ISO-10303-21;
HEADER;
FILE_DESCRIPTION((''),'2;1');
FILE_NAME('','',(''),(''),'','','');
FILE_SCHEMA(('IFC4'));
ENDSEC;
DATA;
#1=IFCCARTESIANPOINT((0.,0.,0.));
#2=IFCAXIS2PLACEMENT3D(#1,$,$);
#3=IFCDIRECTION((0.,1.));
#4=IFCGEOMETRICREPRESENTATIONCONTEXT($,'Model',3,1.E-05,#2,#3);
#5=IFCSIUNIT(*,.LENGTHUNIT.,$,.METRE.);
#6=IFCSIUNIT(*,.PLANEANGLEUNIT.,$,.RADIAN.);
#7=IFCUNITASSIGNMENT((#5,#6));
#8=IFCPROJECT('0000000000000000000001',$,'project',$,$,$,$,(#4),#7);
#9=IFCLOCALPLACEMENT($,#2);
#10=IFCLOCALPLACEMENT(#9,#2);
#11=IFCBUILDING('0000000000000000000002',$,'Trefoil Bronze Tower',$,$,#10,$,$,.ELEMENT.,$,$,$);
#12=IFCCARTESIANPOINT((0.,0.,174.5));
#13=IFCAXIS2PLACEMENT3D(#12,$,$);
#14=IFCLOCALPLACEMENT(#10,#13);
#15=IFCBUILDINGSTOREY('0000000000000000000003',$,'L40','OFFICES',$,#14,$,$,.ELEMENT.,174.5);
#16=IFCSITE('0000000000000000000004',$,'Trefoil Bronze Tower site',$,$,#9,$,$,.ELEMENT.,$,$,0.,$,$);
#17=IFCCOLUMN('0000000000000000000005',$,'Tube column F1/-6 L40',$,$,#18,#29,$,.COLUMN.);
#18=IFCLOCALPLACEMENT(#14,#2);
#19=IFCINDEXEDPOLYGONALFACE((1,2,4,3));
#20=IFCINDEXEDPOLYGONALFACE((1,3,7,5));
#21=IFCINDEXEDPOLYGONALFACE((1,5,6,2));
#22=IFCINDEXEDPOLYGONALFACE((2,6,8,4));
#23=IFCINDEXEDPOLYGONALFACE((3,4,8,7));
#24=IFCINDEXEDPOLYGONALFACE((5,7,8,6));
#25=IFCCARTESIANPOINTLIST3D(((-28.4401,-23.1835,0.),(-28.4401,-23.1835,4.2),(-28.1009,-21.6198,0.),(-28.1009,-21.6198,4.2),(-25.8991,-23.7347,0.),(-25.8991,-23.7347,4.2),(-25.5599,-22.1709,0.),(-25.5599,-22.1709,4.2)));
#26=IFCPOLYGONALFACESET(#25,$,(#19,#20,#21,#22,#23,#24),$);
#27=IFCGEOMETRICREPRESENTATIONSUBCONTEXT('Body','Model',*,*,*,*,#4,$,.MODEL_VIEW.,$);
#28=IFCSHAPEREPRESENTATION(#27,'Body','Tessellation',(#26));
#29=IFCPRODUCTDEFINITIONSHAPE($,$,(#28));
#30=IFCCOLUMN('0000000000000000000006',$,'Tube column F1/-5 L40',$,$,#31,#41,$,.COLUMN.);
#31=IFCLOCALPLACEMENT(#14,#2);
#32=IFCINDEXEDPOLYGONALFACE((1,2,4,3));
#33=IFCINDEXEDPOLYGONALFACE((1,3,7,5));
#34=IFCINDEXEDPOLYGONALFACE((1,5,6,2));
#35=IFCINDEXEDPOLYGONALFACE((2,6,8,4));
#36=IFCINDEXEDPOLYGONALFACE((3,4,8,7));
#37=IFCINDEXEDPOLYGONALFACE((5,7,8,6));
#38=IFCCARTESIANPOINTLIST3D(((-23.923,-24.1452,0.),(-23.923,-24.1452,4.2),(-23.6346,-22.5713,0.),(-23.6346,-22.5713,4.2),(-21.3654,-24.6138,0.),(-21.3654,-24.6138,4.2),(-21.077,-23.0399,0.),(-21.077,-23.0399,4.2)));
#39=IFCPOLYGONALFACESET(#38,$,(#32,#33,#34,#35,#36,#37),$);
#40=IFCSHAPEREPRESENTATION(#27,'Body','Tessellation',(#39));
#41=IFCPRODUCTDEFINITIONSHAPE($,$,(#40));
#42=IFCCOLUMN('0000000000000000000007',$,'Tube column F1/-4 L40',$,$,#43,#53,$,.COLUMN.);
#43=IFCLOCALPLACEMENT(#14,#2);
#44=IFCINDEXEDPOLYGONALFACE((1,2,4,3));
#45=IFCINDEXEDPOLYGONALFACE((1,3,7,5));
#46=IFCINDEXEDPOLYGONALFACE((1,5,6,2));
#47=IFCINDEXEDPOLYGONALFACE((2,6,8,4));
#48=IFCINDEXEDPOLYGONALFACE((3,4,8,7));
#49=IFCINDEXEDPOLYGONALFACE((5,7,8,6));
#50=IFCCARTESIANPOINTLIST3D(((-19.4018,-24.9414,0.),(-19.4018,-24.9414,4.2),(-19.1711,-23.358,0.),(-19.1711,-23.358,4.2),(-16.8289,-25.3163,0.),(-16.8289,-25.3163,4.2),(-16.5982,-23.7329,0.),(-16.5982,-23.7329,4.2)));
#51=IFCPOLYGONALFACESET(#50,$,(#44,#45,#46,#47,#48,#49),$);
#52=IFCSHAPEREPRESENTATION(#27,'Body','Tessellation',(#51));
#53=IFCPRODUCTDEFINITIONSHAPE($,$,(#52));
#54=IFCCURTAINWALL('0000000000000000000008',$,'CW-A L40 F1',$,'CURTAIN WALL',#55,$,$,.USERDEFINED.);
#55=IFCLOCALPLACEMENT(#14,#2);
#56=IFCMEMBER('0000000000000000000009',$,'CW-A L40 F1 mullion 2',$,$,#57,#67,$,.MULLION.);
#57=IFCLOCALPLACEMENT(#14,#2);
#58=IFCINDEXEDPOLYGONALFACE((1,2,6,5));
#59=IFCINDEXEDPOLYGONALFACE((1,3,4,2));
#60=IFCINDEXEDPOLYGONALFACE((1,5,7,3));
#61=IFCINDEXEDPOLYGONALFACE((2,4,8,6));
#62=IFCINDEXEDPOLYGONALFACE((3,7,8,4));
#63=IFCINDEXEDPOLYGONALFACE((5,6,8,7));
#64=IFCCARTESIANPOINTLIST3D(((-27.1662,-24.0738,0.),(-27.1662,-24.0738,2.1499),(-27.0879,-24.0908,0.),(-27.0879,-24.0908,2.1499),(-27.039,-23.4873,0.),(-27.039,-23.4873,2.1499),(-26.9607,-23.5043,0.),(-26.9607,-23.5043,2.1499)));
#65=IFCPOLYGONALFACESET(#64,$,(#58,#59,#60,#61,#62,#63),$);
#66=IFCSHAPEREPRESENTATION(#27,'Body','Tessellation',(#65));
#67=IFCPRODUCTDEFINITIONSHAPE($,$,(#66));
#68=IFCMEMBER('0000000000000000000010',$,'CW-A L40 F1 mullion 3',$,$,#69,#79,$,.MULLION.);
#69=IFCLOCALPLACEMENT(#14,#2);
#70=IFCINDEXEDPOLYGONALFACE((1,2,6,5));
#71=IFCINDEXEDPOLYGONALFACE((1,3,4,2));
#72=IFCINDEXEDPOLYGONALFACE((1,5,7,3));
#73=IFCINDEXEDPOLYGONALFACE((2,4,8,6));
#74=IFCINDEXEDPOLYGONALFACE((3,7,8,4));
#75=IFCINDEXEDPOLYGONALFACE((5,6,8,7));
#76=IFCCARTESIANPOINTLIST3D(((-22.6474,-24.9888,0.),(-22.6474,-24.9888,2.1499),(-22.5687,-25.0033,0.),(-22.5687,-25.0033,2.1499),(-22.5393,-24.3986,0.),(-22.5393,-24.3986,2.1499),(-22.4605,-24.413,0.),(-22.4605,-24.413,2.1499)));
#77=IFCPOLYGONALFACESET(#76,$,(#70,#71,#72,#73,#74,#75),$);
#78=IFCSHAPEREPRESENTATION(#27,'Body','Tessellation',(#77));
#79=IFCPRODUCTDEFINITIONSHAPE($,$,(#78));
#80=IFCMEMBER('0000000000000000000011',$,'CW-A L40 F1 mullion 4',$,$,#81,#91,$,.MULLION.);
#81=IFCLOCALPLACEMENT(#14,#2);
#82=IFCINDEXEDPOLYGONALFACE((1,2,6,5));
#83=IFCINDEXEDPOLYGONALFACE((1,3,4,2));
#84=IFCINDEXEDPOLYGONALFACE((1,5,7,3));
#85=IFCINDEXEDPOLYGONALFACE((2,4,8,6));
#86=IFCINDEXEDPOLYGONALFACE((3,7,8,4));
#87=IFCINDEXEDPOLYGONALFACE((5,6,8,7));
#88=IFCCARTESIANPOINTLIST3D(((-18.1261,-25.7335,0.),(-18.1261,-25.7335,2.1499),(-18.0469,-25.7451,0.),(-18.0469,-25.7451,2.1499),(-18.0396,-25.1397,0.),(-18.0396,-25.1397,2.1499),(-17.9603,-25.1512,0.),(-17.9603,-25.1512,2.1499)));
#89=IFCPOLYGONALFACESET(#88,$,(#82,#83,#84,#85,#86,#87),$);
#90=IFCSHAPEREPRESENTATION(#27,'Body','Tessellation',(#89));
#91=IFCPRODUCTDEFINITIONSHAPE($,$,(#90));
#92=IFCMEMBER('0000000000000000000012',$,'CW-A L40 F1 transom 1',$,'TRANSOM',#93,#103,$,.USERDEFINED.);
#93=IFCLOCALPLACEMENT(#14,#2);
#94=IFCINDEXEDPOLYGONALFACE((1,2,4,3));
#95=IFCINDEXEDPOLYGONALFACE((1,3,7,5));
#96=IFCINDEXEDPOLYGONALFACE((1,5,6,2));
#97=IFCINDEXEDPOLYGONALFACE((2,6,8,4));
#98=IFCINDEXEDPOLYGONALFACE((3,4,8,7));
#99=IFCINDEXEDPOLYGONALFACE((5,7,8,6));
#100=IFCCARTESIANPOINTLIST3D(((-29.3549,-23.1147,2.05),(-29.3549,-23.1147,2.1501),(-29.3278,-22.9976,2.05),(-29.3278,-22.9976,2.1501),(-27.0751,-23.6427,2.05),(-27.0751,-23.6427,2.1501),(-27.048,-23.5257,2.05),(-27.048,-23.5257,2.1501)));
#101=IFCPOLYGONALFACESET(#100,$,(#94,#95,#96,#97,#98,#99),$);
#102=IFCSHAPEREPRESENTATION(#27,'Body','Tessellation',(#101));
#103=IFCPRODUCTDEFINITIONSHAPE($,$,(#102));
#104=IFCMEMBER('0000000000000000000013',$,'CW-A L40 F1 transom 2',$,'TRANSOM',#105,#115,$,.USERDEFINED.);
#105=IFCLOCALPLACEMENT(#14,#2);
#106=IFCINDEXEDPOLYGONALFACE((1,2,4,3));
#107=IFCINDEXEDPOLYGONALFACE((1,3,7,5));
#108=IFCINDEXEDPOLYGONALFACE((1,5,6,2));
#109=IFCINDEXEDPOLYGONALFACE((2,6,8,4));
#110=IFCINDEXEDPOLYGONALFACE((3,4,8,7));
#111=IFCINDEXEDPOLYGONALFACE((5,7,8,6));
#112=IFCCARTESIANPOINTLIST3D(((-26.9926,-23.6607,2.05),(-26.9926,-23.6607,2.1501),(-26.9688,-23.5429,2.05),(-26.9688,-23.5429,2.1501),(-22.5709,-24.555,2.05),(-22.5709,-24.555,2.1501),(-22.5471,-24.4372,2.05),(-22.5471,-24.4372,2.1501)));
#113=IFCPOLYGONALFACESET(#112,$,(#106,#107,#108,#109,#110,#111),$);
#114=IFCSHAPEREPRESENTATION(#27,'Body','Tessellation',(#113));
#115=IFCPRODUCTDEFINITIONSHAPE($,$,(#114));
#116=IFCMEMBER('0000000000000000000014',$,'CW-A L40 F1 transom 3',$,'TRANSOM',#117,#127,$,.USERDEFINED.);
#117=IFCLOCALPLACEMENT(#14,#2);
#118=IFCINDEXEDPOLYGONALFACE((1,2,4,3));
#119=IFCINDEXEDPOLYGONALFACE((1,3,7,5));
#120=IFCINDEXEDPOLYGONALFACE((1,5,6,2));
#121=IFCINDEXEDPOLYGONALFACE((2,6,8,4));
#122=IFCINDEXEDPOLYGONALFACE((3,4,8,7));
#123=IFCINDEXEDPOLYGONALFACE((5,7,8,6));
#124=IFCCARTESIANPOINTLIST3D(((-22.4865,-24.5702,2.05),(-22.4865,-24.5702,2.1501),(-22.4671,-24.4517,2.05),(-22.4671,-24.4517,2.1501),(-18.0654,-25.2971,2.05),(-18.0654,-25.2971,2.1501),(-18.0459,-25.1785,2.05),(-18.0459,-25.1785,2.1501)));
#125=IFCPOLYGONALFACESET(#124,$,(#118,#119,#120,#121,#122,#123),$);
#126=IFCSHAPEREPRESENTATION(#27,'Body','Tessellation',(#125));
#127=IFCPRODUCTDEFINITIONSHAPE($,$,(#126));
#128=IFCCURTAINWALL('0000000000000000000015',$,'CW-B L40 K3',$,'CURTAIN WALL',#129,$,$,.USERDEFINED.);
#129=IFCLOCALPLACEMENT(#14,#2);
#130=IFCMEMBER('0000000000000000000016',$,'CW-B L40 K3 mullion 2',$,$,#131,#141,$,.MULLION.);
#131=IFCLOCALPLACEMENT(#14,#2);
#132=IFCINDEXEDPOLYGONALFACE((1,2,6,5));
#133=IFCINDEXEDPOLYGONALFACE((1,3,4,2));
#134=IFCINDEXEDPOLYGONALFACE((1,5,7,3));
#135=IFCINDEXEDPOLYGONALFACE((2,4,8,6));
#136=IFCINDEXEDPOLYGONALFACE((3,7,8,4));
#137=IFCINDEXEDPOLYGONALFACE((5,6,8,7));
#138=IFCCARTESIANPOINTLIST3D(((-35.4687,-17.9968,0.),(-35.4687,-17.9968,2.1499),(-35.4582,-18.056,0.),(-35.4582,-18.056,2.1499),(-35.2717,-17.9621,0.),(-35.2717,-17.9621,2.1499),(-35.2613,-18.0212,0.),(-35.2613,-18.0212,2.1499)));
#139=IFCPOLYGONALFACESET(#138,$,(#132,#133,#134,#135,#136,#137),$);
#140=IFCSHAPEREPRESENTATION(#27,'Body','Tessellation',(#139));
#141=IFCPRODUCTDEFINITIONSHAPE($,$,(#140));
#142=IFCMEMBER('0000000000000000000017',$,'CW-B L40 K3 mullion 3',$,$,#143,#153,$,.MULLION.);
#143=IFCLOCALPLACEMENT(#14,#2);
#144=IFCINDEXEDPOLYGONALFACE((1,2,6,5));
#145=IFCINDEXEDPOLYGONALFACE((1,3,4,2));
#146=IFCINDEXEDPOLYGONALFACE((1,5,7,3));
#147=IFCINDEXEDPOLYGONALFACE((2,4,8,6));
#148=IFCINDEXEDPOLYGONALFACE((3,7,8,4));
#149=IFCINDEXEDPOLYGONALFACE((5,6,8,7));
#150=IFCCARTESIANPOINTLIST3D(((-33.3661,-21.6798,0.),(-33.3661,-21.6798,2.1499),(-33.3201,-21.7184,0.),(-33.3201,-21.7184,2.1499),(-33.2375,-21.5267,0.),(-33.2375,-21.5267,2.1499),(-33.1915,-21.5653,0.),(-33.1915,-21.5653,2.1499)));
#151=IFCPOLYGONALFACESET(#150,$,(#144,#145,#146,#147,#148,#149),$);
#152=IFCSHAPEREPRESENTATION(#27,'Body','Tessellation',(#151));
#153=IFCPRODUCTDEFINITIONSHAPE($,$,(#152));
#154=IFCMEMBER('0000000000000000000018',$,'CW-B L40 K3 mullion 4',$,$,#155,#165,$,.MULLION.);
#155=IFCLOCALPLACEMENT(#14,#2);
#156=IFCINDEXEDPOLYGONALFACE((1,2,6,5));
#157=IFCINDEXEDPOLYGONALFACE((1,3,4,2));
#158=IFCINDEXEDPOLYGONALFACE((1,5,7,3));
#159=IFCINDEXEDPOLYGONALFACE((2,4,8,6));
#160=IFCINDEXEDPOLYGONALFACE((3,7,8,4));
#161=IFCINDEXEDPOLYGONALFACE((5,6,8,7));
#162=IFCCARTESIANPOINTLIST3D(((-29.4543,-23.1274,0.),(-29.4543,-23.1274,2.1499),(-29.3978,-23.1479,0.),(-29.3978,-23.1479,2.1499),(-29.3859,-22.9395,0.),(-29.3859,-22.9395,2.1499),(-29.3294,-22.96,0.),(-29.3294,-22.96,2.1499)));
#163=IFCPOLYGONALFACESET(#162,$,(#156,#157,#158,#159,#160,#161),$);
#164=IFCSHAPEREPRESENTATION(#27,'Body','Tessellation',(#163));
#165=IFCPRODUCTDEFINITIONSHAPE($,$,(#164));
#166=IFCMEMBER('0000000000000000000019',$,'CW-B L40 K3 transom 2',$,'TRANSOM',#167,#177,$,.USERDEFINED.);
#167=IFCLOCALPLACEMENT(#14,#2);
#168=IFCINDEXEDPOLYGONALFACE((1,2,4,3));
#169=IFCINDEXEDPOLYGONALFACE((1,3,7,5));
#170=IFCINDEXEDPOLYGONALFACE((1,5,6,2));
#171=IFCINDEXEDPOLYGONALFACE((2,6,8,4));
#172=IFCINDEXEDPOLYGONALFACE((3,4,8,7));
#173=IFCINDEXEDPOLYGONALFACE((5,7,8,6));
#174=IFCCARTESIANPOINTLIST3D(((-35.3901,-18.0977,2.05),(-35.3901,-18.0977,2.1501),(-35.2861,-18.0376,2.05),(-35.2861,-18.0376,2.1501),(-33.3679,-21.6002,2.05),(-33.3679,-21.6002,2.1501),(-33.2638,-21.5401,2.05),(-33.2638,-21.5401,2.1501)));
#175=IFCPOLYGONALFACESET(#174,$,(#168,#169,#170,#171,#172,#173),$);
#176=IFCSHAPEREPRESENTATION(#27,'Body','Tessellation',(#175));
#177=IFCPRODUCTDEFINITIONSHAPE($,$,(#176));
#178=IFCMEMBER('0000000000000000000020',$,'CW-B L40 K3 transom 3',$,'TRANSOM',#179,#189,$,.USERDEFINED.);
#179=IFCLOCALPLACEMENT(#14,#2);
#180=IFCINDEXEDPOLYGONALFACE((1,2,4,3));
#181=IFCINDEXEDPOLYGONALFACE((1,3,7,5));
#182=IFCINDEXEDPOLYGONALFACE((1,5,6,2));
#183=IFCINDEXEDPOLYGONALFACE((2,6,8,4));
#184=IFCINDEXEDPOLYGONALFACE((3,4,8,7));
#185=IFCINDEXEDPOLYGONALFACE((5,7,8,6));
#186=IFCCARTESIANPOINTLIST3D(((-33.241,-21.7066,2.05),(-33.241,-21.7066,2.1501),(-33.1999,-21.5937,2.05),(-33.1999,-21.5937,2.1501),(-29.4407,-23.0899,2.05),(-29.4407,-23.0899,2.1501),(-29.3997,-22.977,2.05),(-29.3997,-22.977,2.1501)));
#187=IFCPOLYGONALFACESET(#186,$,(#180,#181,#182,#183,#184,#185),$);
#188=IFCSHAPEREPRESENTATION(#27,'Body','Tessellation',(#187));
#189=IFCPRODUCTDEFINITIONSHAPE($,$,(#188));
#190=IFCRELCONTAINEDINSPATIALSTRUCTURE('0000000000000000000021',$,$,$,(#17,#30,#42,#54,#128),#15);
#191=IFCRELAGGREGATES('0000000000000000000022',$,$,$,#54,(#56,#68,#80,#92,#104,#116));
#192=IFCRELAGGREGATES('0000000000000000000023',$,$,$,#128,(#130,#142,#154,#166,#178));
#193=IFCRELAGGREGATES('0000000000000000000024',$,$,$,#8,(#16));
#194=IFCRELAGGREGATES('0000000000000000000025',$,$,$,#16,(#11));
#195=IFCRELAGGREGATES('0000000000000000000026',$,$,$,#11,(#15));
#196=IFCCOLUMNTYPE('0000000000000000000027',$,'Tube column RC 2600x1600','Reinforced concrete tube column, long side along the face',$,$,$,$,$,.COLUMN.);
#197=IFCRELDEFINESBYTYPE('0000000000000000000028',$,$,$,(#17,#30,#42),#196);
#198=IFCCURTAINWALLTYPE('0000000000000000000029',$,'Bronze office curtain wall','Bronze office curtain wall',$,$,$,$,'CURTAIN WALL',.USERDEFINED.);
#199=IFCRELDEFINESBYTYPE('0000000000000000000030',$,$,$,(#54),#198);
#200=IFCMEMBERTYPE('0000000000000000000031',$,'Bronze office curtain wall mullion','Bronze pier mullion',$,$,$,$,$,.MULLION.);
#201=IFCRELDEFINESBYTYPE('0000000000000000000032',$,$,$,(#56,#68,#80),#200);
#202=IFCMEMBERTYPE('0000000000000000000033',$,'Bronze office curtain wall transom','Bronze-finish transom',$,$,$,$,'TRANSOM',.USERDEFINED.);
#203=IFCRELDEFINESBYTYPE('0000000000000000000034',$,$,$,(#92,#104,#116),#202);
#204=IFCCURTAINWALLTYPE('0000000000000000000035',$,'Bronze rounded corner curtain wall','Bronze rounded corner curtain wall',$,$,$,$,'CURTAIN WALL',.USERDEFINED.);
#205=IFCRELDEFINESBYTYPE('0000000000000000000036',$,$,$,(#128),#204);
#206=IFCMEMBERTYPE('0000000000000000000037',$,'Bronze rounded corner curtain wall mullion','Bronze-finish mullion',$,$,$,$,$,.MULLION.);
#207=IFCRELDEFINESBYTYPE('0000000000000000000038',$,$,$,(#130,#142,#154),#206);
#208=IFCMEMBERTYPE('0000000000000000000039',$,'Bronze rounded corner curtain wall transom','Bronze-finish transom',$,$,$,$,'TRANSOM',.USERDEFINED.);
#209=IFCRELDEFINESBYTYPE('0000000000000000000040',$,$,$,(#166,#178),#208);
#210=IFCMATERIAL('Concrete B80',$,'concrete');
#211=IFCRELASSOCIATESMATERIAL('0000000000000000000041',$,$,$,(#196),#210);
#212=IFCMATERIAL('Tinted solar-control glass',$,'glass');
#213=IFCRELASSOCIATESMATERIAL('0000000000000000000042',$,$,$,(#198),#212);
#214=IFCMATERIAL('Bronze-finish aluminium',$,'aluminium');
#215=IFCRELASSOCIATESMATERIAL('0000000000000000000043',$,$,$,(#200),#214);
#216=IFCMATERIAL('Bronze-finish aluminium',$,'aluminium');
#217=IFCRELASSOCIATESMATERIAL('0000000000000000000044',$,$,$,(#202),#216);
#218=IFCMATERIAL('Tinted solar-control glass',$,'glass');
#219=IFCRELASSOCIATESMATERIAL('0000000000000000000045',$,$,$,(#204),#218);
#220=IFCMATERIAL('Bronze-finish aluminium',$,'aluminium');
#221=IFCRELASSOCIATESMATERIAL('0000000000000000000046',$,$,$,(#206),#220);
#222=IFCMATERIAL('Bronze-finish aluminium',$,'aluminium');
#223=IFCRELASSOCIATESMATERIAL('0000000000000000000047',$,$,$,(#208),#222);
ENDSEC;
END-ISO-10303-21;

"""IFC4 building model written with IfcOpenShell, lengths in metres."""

from ifc_helpers import new_model, si_unit, direction, frame, origin, origin_2d, place, context, subcontext, project, spatial, rectangle, extrude, material, material_profile, profile_set, type_object, element, aggregate, save


model = new_model("IFC4")

# Units and contexts
model_context = context("Model", 3, precision=1e-05, world=origin(), true_north=direction((0.0, 1.0)))
body_context = subcontext(model_context, "Body", "Model", "MODEL_VIEW")
ifc_project = project(units=[si_unit("LENGTHUNIT", "METRE"), si_unit("PLANEANGLEUNIT", "RADIAN")], contexts=[model_context])

# Site, building, storey
site_placement = place(None, origin())
site = spatial("IfcSite", under=ifc_project, at=site_placement, Name="Trefoil Bronze Tower site", CompositionType="ELEMENT", RefElevation=0.0)
building_placement = place(site_placement, origin())
building = spatial("IfcBuilding", under=site, at=building_placement, Name="Trefoil Bronze Tower", CompositionType="ELEMENT")
storey_placement = place(building_placement, frame((0.0, 0.0, 174.5)))
storey = spatial("IfcBuildingStorey", under=building, at=storey_placement, Name="L40", Description="OFFICES", CompositionType="ELEMENT", Elevation=174.5)

# Columns
ifc_material_1 = material(Name="Concrete B80", Category="concrete")
ifc_material_profile_1 = material_profile(ifc_material_1, rectangle(XDim=2.6001, YDim=1.6001, at=origin_2d()), Name="RC 2600x1600")
ifc_profile_set_1 = profile_set([ifc_material_profile_1], Name="Concrete B80")
column_type = type_object("IfcColumnType", Name="Tube column RC 2600x1600", Description="Reinforced concrete tube column, long side along the face", PredefinedType="COLUMN", material=ifc_profile_set_1)
for number, where, z_axis, x_axis, name in (
    (1, (-27.0, -22.6772, 0.0), (0.0, 0.0, 1.0), (0.977276, -0.21197, 0.0), "Tube column F1/-6 L40"),
    (2, (-22.5, -23.5925, 0.0), (0.0, 0.0, 1.0), (0.983623, -0.180241, 0.0), "Tube column F1/-5 L40"),
    (3, (-18.0, -24.3372, 0.0), (0.0, 0.0, 1.0), (0.98955, -0.144192, 0.0), "Tube column F1/-4 L40"),
):
    element("IfcColumn", number, at=place(storey_placement, frame(where, z_axis=z_axis, x_axis=x_axis)), inside=storey, type_object=column_type, Name=name, PredefinedType="COLUMN", context=body_context, shape_type="SweptSolid", body=[
        extrude(rectangle(XDim=2.6001, YDim=1.6001, at=origin_2d()), origin(), (0.0, 0.0, 1.0), 4.2),
    ])

# Curtain walls, members
ifc_material_2 = material(Name="Tinted solar-control glass", Category="glass")
curtain_wall_type_1 = type_object("IfcCurtainWallType", Name="Bronze office curtain wall", Description="Bronze office curtain wall", ElementType="CURTAIN WALL", PredefinedType="USERDEFINED", material=ifc_material_2)
curtain_wall_1_placement = place(storey_placement, origin())
curtain_wall_1 = element("IfcCurtainWall", 4, at=curtain_wall_1_placement, inside=storey, type_object=curtain_wall_type_1, Name="CW-A L40 F1", ObjectType="CURTAIN WALL", PredefinedType="USERDEFINED")
ifc_material_3 = material(Name="Bronze-finish aluminium", Category="aluminium")
ifc_material_profile_2 = material_profile(ifc_material_3, rectangle(XDim=0.6001, YDim=0.0801, at=origin_2d()), Name="CW-A mullion")
ifc_profile_set_2 = profile_set([ifc_material_profile_2], Name="Bronze-finish aluminium")
member_type_1 = type_object("IfcMemberType", Name="Bronze office curtain wall mullion", Description="Bronze pier mullion", PredefinedType="MULLION", material=ifc_profile_set_2)
member_1_placement = place(storey_placement, frame((-27.0635, -23.7891, 0.0), z_axis=(0.0, 0.0, 1.0), x_axis=(0.21197, 0.977276, 0.0)))
member_1 = element("IfcMember", 5, at=member_1_placement, type_object=member_type_1, Name="CW-A L40 F1 mullion 2", PredefinedType="MULLION", context=body_context, shape_type="SweptSolid", body=[
    extrude(rectangle(XDim=0.6001, YDim=0.0801, at=origin_2d()), origin(), (0.0, 0.0, 1.0), 2.1499),
])
member_2_placement = place(storey_placement, frame((-22.554, -24.7009, 0.0), z_axis=(0.0, 0.0, 1.0), x_axis=(0.180241, 0.983623, 0.0)))
member_2 = element("IfcMember", 6, at=member_2_placement, type_object=member_type_1, Name="CW-A L40 F1 mullion 3", PredefinedType="MULLION", context=body_context, shape_type="SweptSolid", body=[
    extrude(rectangle(XDim=0.6001, YDim=0.0801, at=origin_2d()), origin(), (0.0, 0.0, 1.0), 2.1499),
])
member_3_placement = place(storey_placement, frame((-18.0432, -25.4424, 0.0), z_axis=(0.0, 0.0, 1.0), x_axis=(0.144192, 0.98955, 0.0)))
member_3 = element("IfcMember", 7, at=member_3_placement, type_object=member_type_1, Name="CW-A L40 F1 mullion 4", PredefinedType="MULLION", context=body_context, shape_type="SweptSolid", body=[
    extrude(rectangle(XDim=0.6001, YDim=0.0801, at=origin_2d()), origin(), (0.0, 0.0, 1.0), 2.1499),
])
ifc_material_4 = material(Name="Bronze-finish aluminium", Category="aluminium")
ifc_material_profile_3 = material_profile(ifc_material_4, rectangle(XDim=0.1201, YDim=0.1001, at=origin_2d()), Name="CW-A transom")
ifc_profile_set_3 = profile_set([ifc_material_profile_3], Name="Bronze-finish aluminium")
member_type_2 = type_object("IfcMemberType", Name="Bronze office curtain wall transom", Description="Bronze-finish transom", ElementType="TRANSOM", PredefinedType="USERDEFINED", material=ifc_profile_set_3)
member_4_placement = place(storey_placement, frame((-29.3413, -23.0562, 2.1001), z_axis=(0.974206, -0.225659, 0.0), x_axis=(0.225659, 0.974206, 0.0)))
member_4 = element("IfcMember", 8, at=member_4_placement, type_object=member_type_2, Name="CW-A L40 F1 transom 1", ObjectType="TRANSOM", PredefinedType="USERDEFINED", context=body_context, shape_type="SweptSolid", body=[
    extrude(rectangle(XDim=0.1201, YDim=0.1001, at=origin_2d()), origin(), (0.0, 0.0, 1.0), 2.3401),
])
member_5_placement = place(storey_placement, frame((-26.9807, -23.6018, 2.1001), z_axis=(0.980154, -0.198239, 0.0), x_axis=(0.198239, 0.980154, 0.0)))
member_5 = element("IfcMember", 9, at=member_5_placement, type_object=member_type_2, Name="CW-A L40 F1 transom 2", ObjectType="TRANSOM", PredefinedType="USERDEFINED", context=body_context, shape_type="SweptSolid", body=[
    extrude(rectangle(XDim=0.1201, YDim=0.1001, at=origin_2d()), origin(), (0.0, 0.0, 1.0), 4.5112),
])
member_6_placement = place(storey_placement, frame((-22.4768, -24.511, 2.1001), z_axis=(0.986755, -0.162216, 0.0), x_axis=(0.162216, 0.986755, 0.0)))
member_6 = element("IfcMember", 10, at=member_6_placement, type_object=member_type_2, Name="CW-A L40 F1 transom 3", ObjectType="TRANSOM", PredefinedType="USERDEFINED", context=body_context, shape_type="SweptSolid", body=[
    extrude(rectangle(XDim=0.1201, YDim=0.1001, at=origin_2d()), origin(), (0.0, 0.0, 1.0), 4.4805),
])
ifc_material_5 = material(Name="Tinted solar-control glass", Category="glass")
curtain_wall_type_2 = type_object("IfcCurtainWallType", Name="Bronze rounded corner curtain wall", Description="Bronze rounded corner curtain wall", ElementType="CURTAIN WALL", PredefinedType="USERDEFINED", material=ifc_material_5)
curtain_wall_2_placement = place(storey_placement, origin())
curtain_wall_2 = element("IfcCurtainWall", 11, at=curtain_wall_2_placement, inside=storey, type_object=curtain_wall_type_2, Name="CW-B L40 K3", ObjectType="CURTAIN WALL", PredefinedType="USERDEFINED")
ifc_material_6 = material(Name="Bronze-finish aluminium", Category="aluminium")
ifc_material_profile_4 = material_profile(ifc_material_6, rectangle(XDim=0.2, YDim=0.0601, at=origin_2d()), Name="CW-B mullion")
ifc_profile_set_4 = profile_set([ifc_material_profile_4], Name="Bronze-finish aluminium")
member_type_3 = type_object("IfcMemberType", Name="Bronze rounded corner curtain wall mullion", Description="Bronze-finish mullion", PredefinedType="MULLION", material=ifc_profile_set_4)
member_7_placement = place(storey_placement, frame((-35.365, -18.009, 0.0), z_axis=(0.0, 0.0, 1.0), x_axis=(0.984808, 0.173648, 0.0)))
member_7 = element("IfcMember", 12, at=member_7_placement, type_object=member_type_3, Name="CW-B L40 K3 mullion 2", PredefinedType="MULLION", context=body_context, shape_type="SweptSolid", body=[
    extrude(rectangle(XDim=0.2, YDim=0.0601, at=origin_2d()), origin(), (0.0, 0.0, 1.0), 2.1499),
])
member_8_placement = place(storey_placement, frame((-33.2788, -21.6226, 0.0), z_axis=(0.0, 0.0, 1.0), x_axis=(0.642788, 0.766044, 0.0)))
member_8 = element("IfcMember", 13, at=member_8_placement, type_object=member_type_3, Name="CW-B L40 K3 mullion 3", PredefinedType="MULLION", context=body_context, shape_type="SweptSolid", body=[
    extrude(rectangle(XDim=0.2, YDim=0.0601, at=origin_2d()), origin(), (0.0, 0.0, 1.0), 2.1499),
])
member_9_placement = place(storey_placement, frame((-29.3918, -23.0437, 0.0), z_axis=(0.0, 0.0, 1.0), x_axis=(0.34202, 0.939693, 0.0)))
member_9 = element("IfcMember", 14, at=member_9_placement, type_object=member_type_3, Name="CW-B L40 K3 mullion 4", PredefinedType="MULLION", context=body_context, shape_type="SweptSolid", body=[
    extrude(rectangle(XDim=0.2, YDim=0.0601, at=origin_2d()), origin(), (0.0, 0.0, 1.0), 2.1499),
])
ifc_material_7 = material(Name="Bronze-finish aluminium", Category="aluminium")
ifc_material_profile_5 = material_profile(ifc_material_7, rectangle(XDim=0.1201, YDim=0.1001, at=origin_2d()), Name="CW-B transom")
ifc_profile_set_5 = profile_set([ifc_material_profile_5], Name="Bronze-finish aluminium")
member_type_4 = type_object("IfcMemberType", Name="Bronze rounded corner curtain wall transom", Description="Bronze-finish transom", ElementType="TRANSOM", PredefinedType="USERDEFINED", material=ifc_profile_set_5)
member_10_placement = place(storey_placement, frame((-35.3381, -18.0676, 2.1001), z_axis=(0.500015, -0.866017, 0.0), x_axis=(0.866017, 0.500015, 0.0)))
member_10 = element("IfcMember", 15, at=member_10_placement, type_object=member_type_4, Name="CW-B L40 K3 transom 2", ObjectType="TRANSOM", PredefinedType="USERDEFINED", context=body_context, shape_type="SweptSolid", body=[
    extrude(rectangle(XDim=0.1201, YDim=0.1001, at=origin_2d()), origin(), (0.0, 0.0, 1.0), 4.0444),
])
member_11_placement = place(storey_placement, frame((-33.2205, -21.6501, 2.1001), z_axis=(0.939684, -0.342044, 0.0), x_axis=(0.342044, 0.939684, 0.0)))
member_11 = element("IfcMember", 16, at=member_11_placement, type_object=member_type_4, Name="CW-B L40 K3 transom 3", ObjectType="TRANSOM", PredefinedType="USERDEFINED", context=body_context, shape_type="SweptSolid", body=[
    extrude(rectangle(XDim=0.1201, YDim=0.1001, at=origin_2d()), origin(), (0.0, 0.0, 1.0), 4.0442),
])

aggregate(curtain_wall_1, [member_1, member_2, member_3, member_4, member_5, member_6])
aggregate(curtain_wall_2, [member_7, member_8, member_9, member_10, member_11])

save(model, "model.ifc")
